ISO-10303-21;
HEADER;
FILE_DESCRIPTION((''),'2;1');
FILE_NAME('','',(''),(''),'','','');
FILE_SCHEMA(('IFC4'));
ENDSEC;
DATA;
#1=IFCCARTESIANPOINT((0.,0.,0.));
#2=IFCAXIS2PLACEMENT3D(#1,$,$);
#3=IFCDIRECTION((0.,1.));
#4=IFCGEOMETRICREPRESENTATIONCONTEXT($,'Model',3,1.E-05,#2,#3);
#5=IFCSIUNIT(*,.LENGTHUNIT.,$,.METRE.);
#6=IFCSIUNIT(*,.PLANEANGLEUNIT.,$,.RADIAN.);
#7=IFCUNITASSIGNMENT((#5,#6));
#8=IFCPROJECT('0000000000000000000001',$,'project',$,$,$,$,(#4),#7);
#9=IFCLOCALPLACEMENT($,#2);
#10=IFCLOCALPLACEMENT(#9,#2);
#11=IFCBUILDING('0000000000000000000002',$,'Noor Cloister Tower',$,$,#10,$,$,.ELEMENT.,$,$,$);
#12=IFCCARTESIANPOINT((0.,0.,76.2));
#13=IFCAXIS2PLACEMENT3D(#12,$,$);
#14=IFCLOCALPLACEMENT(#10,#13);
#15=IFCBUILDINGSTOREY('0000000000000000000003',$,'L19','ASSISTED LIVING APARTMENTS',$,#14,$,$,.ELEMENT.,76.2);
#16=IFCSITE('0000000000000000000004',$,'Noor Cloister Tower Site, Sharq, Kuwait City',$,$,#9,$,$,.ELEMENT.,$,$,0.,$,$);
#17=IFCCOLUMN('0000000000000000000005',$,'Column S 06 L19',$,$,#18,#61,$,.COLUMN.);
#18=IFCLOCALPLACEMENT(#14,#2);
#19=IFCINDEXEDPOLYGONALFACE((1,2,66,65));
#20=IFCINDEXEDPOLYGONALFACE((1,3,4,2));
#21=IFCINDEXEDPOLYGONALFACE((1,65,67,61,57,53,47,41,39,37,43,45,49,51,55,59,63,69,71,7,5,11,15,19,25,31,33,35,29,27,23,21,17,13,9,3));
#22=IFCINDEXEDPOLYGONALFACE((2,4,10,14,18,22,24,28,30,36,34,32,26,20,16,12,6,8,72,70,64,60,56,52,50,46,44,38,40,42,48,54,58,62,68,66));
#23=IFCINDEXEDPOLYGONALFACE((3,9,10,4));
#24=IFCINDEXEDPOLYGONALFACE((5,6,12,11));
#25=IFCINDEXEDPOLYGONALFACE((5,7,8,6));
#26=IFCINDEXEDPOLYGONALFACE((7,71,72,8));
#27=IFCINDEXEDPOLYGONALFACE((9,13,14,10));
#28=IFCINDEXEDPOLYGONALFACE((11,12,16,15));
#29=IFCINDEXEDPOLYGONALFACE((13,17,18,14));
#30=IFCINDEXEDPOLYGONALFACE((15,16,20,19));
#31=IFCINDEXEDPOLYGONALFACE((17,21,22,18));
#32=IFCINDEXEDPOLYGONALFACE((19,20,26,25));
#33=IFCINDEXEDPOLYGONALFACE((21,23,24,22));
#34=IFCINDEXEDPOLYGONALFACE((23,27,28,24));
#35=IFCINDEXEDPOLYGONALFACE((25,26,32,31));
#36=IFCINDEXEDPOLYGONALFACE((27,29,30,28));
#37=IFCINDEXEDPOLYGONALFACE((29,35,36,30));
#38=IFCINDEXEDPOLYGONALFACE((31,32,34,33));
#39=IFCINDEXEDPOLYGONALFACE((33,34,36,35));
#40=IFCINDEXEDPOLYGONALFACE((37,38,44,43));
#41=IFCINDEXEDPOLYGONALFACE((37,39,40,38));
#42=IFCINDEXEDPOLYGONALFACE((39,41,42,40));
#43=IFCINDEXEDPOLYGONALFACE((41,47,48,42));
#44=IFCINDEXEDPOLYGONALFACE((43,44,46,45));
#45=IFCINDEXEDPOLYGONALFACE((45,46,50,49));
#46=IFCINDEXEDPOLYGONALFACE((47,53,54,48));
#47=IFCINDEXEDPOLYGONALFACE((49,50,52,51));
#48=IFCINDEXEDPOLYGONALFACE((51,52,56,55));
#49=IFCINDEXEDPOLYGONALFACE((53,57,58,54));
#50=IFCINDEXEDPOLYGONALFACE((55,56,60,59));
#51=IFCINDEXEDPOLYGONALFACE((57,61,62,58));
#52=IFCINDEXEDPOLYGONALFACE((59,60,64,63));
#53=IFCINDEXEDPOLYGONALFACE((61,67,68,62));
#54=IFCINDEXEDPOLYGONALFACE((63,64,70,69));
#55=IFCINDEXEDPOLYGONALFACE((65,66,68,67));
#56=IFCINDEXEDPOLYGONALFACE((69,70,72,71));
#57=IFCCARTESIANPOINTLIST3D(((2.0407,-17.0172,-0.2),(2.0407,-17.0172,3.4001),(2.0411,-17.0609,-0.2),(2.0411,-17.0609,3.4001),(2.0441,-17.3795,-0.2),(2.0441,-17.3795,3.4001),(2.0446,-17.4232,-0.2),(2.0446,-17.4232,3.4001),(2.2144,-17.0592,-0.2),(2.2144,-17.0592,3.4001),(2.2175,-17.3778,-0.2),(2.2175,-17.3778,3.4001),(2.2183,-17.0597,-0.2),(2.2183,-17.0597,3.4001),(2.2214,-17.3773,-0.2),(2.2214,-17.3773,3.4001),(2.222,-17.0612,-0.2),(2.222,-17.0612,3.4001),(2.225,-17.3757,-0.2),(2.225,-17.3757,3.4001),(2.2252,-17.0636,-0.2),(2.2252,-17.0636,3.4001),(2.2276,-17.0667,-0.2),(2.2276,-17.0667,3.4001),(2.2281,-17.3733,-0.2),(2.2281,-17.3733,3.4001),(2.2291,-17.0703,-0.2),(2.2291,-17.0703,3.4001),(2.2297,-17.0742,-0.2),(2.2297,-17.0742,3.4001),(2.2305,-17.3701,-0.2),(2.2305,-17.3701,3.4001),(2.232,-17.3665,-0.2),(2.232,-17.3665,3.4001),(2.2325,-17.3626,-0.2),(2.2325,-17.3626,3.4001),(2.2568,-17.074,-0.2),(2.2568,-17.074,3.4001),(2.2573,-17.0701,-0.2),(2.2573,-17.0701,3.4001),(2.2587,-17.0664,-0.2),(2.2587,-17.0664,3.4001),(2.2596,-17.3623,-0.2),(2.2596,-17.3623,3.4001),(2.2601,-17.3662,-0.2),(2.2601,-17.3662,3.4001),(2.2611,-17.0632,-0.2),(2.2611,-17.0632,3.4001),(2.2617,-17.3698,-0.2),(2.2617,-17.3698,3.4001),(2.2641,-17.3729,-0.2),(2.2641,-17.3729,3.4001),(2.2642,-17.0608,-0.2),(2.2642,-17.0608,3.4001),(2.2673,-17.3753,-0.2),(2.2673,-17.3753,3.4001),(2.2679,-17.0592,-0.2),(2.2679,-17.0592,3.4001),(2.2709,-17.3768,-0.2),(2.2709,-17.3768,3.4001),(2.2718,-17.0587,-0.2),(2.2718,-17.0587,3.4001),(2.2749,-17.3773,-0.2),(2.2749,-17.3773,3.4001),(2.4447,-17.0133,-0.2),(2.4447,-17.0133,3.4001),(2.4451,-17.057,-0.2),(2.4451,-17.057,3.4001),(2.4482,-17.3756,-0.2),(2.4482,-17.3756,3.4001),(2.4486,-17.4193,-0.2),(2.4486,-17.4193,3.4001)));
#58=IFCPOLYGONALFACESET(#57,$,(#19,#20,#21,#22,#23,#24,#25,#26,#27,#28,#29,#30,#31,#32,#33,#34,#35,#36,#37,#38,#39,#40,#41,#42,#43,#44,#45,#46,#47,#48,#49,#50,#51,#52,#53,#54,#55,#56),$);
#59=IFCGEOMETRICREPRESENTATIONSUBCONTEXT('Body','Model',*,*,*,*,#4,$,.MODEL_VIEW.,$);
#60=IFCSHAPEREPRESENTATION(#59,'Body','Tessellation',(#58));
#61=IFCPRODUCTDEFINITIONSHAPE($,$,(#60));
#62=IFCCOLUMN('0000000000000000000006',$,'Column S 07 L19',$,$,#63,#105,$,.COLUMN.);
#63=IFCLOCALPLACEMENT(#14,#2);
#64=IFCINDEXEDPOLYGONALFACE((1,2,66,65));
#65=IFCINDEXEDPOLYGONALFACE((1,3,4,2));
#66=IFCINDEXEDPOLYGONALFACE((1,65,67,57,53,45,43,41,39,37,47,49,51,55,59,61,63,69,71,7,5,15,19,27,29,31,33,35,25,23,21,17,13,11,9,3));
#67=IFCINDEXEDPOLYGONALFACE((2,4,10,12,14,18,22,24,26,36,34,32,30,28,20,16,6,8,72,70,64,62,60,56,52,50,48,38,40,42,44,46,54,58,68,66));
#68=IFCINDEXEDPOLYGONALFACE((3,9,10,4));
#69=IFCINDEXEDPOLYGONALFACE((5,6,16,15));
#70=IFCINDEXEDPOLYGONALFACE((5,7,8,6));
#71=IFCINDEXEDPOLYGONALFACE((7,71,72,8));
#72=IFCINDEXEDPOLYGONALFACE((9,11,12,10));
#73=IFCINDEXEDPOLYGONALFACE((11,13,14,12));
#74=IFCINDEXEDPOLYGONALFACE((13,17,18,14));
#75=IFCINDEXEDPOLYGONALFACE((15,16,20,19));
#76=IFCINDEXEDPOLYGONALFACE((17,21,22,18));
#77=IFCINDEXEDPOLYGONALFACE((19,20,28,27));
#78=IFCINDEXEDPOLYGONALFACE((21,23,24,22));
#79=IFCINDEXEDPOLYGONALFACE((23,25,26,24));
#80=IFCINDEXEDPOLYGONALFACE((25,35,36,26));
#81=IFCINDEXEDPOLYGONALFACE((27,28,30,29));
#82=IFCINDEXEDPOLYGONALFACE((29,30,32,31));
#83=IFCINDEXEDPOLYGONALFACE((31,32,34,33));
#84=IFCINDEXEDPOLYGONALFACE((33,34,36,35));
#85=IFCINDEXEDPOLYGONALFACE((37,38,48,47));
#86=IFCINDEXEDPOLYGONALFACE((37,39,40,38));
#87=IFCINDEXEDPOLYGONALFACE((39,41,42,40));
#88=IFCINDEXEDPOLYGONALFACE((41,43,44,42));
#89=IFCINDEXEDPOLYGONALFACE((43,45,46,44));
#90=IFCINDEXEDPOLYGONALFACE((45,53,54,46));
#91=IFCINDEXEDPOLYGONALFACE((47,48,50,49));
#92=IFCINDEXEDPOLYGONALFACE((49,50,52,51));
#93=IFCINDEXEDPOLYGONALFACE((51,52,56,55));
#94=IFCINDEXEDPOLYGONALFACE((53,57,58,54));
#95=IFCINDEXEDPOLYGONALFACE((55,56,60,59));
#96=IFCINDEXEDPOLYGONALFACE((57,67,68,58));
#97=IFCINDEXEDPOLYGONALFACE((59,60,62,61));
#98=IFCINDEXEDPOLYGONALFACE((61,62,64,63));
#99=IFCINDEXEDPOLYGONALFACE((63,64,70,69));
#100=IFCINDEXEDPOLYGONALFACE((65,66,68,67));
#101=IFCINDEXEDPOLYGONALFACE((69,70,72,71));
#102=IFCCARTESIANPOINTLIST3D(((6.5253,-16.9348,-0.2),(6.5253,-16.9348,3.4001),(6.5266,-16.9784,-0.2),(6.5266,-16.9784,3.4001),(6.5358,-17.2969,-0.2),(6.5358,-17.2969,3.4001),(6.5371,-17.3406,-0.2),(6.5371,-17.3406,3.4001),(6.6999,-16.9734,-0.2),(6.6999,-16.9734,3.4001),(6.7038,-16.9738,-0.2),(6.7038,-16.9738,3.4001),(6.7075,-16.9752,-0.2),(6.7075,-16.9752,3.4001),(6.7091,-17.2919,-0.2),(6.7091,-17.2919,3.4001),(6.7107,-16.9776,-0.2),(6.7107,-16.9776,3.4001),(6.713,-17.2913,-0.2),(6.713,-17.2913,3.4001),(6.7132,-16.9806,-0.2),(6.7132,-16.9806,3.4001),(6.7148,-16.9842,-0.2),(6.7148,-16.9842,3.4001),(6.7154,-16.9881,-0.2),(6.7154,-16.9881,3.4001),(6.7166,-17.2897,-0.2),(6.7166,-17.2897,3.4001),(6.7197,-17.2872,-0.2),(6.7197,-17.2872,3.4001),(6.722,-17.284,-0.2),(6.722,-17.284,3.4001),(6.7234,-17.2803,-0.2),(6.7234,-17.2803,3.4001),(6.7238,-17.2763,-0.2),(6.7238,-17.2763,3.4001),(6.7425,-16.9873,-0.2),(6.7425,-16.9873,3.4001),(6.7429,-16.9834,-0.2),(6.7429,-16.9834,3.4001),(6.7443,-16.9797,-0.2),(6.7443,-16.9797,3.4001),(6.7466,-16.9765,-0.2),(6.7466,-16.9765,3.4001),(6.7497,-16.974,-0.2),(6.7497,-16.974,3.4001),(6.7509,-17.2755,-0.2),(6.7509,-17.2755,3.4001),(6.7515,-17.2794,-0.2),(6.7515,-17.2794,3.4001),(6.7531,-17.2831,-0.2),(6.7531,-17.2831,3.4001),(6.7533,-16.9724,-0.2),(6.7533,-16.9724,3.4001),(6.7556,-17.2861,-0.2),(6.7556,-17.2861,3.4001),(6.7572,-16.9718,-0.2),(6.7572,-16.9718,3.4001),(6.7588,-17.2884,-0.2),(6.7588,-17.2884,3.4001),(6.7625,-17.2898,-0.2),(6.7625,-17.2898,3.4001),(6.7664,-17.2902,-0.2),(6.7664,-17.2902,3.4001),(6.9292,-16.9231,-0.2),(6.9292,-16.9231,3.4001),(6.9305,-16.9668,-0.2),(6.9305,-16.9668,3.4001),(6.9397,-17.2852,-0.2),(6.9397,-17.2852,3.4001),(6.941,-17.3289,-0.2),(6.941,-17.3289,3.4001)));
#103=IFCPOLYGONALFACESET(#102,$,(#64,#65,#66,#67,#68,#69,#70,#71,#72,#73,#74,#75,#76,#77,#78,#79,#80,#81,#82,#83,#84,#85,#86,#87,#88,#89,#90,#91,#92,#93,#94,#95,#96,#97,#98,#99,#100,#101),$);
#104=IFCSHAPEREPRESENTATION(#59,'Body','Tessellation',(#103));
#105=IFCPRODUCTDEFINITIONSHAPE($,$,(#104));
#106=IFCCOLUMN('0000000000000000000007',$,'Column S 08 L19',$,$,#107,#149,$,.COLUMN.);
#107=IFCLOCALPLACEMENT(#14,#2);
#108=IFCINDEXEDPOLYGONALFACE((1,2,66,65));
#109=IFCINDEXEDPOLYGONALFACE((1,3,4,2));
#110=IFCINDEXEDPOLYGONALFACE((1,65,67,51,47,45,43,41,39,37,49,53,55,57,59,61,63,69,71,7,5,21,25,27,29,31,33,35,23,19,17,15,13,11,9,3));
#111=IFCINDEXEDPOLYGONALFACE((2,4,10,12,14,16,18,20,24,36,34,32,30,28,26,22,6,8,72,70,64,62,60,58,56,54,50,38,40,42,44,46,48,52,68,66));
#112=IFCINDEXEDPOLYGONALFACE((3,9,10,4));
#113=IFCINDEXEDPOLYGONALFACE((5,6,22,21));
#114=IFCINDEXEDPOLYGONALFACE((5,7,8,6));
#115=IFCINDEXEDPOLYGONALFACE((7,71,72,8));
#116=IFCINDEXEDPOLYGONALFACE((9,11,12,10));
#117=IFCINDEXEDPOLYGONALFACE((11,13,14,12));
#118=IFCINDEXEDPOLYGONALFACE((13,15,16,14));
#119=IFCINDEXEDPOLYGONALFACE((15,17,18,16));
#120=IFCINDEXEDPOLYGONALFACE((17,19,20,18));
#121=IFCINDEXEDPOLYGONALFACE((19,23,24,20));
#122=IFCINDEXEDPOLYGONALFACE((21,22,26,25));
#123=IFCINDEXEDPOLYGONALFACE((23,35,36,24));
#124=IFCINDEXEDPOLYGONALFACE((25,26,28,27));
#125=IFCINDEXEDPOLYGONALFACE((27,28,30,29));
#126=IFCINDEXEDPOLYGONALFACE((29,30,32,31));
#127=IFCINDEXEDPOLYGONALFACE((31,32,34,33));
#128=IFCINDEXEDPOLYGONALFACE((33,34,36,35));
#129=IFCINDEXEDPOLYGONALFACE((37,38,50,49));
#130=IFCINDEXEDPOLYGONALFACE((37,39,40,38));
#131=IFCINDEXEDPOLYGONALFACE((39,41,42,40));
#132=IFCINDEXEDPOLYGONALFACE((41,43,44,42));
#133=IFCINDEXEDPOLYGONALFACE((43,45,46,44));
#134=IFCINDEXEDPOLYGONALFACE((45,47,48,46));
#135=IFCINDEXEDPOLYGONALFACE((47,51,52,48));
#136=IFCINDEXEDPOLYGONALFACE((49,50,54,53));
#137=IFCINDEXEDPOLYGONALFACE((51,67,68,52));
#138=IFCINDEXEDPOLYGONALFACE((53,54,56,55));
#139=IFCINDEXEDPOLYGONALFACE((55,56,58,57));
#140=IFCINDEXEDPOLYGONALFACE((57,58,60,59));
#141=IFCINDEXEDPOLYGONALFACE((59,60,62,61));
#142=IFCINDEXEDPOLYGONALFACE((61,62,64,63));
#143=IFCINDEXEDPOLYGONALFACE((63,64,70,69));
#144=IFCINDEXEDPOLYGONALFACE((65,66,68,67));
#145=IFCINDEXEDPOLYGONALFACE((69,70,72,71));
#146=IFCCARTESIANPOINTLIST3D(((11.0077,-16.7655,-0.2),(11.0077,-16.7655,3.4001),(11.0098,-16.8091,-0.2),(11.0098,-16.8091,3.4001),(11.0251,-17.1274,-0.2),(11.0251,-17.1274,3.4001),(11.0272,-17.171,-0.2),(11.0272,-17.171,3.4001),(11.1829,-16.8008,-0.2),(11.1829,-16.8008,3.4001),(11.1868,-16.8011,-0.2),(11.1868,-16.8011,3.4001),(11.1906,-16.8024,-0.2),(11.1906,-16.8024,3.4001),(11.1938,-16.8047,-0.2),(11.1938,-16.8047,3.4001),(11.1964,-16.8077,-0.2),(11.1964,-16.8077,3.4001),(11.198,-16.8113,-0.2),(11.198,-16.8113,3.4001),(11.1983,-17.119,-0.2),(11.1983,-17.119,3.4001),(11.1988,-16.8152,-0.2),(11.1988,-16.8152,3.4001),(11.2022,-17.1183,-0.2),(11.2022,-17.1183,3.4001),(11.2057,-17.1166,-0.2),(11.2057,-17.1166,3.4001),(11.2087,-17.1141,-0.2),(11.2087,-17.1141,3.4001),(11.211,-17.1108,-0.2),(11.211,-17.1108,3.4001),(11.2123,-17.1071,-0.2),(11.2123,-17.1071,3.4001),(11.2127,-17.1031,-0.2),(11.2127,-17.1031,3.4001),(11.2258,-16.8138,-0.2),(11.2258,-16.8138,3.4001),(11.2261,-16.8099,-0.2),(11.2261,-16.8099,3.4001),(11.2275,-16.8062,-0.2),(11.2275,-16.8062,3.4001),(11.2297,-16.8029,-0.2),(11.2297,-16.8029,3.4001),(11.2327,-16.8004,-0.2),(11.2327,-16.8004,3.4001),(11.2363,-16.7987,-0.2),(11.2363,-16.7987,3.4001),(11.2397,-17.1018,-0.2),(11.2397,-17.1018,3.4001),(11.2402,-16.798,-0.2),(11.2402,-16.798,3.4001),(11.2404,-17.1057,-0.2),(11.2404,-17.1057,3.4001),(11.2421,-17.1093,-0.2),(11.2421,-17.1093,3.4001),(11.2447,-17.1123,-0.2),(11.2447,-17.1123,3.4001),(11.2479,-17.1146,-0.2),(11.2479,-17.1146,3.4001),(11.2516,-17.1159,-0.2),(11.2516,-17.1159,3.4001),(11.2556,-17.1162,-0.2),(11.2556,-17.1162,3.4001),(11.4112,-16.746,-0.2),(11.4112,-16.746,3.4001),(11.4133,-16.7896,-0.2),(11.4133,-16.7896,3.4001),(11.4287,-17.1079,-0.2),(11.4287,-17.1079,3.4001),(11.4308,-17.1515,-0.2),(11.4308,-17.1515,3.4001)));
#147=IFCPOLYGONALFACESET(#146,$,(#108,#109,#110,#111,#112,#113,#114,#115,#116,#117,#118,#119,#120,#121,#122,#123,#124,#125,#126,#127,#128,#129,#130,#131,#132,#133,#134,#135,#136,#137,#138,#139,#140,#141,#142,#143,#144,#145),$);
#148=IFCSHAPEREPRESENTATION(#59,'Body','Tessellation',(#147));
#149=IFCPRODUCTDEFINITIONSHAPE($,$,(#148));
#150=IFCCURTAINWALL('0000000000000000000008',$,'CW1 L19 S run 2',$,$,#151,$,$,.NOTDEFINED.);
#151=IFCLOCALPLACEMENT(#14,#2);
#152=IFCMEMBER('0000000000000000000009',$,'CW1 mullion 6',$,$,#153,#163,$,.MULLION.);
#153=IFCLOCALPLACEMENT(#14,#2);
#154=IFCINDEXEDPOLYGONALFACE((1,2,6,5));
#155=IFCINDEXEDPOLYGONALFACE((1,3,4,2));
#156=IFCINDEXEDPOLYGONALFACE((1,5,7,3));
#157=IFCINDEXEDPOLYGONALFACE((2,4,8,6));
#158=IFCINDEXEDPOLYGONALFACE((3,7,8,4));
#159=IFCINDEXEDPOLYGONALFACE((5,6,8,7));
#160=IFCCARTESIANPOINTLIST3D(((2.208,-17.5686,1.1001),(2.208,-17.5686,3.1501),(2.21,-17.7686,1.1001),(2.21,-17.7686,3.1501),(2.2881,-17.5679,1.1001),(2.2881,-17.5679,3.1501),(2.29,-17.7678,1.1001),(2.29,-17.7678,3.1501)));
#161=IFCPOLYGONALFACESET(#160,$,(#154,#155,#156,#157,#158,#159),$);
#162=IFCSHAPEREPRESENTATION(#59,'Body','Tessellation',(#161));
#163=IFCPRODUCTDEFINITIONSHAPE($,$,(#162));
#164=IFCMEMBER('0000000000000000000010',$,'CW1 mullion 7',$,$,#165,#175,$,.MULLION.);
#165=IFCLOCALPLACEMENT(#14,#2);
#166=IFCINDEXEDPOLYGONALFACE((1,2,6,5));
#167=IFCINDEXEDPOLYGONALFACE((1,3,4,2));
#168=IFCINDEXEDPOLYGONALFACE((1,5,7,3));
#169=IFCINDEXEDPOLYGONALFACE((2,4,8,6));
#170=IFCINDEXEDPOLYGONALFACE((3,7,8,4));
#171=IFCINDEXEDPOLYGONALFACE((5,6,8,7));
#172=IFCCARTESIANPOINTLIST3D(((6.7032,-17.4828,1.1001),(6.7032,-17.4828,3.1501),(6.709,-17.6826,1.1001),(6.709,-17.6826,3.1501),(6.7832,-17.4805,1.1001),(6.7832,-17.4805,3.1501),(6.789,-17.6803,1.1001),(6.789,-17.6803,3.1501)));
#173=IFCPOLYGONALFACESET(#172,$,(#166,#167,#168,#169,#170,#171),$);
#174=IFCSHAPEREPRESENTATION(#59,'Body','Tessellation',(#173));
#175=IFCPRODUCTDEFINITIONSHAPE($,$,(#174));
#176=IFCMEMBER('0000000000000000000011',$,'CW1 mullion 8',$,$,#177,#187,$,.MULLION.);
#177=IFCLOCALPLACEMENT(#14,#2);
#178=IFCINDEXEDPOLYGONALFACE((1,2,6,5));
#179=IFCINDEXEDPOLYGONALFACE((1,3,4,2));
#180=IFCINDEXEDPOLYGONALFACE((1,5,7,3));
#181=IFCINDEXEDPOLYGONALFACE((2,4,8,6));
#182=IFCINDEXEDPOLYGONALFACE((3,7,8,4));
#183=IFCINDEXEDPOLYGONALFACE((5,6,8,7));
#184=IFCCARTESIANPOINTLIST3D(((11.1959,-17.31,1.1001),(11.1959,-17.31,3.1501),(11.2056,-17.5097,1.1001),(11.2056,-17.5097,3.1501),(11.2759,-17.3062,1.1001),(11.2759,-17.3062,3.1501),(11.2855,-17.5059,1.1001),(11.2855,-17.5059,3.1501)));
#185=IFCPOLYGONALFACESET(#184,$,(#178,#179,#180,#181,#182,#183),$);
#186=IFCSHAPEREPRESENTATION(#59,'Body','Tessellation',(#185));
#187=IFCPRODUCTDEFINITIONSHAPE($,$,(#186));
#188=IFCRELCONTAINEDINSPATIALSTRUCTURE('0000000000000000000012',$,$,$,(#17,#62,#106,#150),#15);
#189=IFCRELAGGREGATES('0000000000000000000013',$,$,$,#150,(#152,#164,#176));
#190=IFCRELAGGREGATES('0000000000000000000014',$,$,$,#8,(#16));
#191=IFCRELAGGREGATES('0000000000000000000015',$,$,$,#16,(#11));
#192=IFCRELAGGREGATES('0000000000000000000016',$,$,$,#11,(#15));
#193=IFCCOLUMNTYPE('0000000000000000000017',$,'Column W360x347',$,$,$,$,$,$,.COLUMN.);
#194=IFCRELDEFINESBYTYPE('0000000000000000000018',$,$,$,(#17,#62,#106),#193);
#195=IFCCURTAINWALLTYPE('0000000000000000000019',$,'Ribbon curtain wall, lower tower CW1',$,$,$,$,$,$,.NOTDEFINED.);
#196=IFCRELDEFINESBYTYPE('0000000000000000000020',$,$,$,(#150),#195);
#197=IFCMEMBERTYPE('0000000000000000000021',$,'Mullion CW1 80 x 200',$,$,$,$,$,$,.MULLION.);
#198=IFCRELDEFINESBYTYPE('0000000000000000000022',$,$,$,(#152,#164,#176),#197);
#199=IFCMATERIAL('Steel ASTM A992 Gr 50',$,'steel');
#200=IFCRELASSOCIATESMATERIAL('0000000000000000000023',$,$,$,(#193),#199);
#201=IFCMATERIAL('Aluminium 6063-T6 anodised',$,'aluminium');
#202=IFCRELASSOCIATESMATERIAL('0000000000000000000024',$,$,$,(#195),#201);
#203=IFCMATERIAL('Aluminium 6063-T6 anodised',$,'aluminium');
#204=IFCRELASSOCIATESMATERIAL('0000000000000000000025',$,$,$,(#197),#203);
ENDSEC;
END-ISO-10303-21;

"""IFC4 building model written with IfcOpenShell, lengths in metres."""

from ifc_helpers import new_model, si_unit, direction, frame, origin, origin_2d, place, context, subcontext, project, spatial, rectangle, i_section, extrude, material, material_profile, profile_set, type_object, element, aggregate, save


model = new_model("IFC4")

# Units and contexts
model_context = context("Model", 3, precision=1e-05, world=origin(), true_north=direction((0.0, 1.0)))
body_context = subcontext(model_context, "Body", "Model", "MODEL_VIEW")
ifc_project = project(units=[si_unit("LENGTHUNIT", "METRE"), si_unit("PLANEANGLEUNIT", "RADIAN")], contexts=[model_context])

# Site, building, storey
site_placement = place(None, origin())
site = spatial("IfcSite", under=ifc_project, at=site_placement, Name="Noor Cloister Tower Site, Sharq, Kuwait City", CompositionType="ELEMENT", RefElevation=0.0)
building_placement = place(site_placement, origin())
building = spatial("IfcBuilding", under=site, at=building_placement, Name="Noor Cloister Tower", CompositionType="ELEMENT")
storey_placement = place(building_placement, frame((0.0, 0.0, 76.2)))
storey = spatial("IfcBuildingStorey", under=building, at=storey_placement, Name="L19", Description="ASSISTED LIVING APARTMENTS", CompositionType="ELEMENT", Elevation=76.2)

# Columns
ifc_material_1 = material(Name="Steel ASTM A992 Gr 50", Category="steel")
ifc_material_profile_1 = material_profile(ifc_material_1, i_section(OverallWidth=0.4041, OverallDepth=0.406, WebThickness=0.0271, FlangeThickness=0.0437, FilletRadius=0.0151, at=origin_2d()), Name="W360x347")
ifc_profile_set_1 = profile_set([ifc_material_profile_1], Name="Steel ASTM A992 Gr 50")
column_type = type_object("IfcColumnType", Name="Column W360x347", PredefinedType="COLUMN", material=ifc_profile_set_1)
for number, where, z_axis, x_axis, name in (
    (1, (2.2446, -17.2183, -0.2), (0.0, 0.0, 1.0), (0.999953, 0.009646, 0.0), "Column S 06 L19"),
    (2, (6.7332, -17.1318, -0.2), (0.0, 0.0, 1.0), (0.999581, 0.028934, 0.0), "Column S 07 L19"),
    (3, (11.2192, -16.9585, -0.2), (0.0, 0.0, 1.0), (0.998837, 0.048212, 0.0), "Column S 08 L19"),
):
    element("IfcColumn", number, at=place(storey_placement, frame(where, z_axis=z_axis, x_axis=x_axis)), inside=storey, type_object=column_type, Name=name, PredefinedType="COLUMN", context=body_context, shape_type="SweptSolid", body=[
        extrude(i_section(OverallWidth=0.4041, OverallDepth=0.406, WebThickness=0.0271, FlangeThickness=0.0437, FilletRadius=0.0151, at=origin_2d()), origin(), (0.0, 0.0, 1.0), 3.6001),
    ])

# Curtain wall, members
ifc_material_2 = material(Name="Aluminium 6063-T6 anodised", Category="aluminium")
curtain_wall_type = type_object("IfcCurtainWallType", Name="Ribbon curtain wall, lower tower CW1", PredefinedType="NOTDEFINED", material=ifc_material_2)
curtain_wall_placement = place(storey_placement, origin())
curtain_wall = element("IfcCurtainWall", 4, at=curtain_wall_placement, inside=storey, type_object=curtain_wall_type, Name="CW1 L19 S run 2", PredefinedType="NOTDEFINED")
ifc_material_3 = material(Name="Aluminium 6063-T6 anodised", Category="aluminium")
ifc_material_profile_2 = material_profile(ifc_material_3, rectangle(XDim=0.2, YDim=0.0801, at=origin_2d()), Name="200 x 80 mullion")
ifc_profile_set_2 = profile_set([ifc_material_profile_2], Name="Aluminium 6063-T6 anodised")
member_type = type_object("IfcMemberType", Name="Mullion CW1 80 x 200", PredefinedType="MULLION", material=ifc_profile_set_2)
member_1_placement = place(storey_placement, frame((2.249, -17.6682, 1.1001), z_axis=(0.0, 0.0, 1.0), x_axis=(-0.009646, 0.999953, 0.0)))
member_1 = element("IfcMember", 5, at=member_1_placement, type_object=member_type, Name="CW1 mullion 6", PredefinedType="MULLION", context=body_context, shape_type="SweptSolid", body=[
    extrude(rectangle(XDim=0.2, YDim=0.0801, at=origin_2d()), origin(), (0.0, 0.0, 1.0), 2.05),
])
member_2_placement = place(storey_placement, frame((6.7461, -17.5815, 1.1001), z_axis=(0.0, 0.0, 1.0), x_axis=(-0.028934, 0.999581, 0.0)))
member_2 = element("IfcMember", 6, at=member_2_placement, type_object=member_type, Name="CW1 mullion 7", PredefinedType="MULLION", context=body_context, shape_type="SweptSolid", body=[
    extrude(rectangle(XDim=0.2, YDim=0.0801, at=origin_2d()), origin(), (0.0, 0.0, 1.0), 2.05),
])
member_3_placement = place(storey_placement, frame((11.2407, -17.408, 1.1001), z_axis=(0.0, 0.0, 1.0), x_axis=(-0.048212, 0.998837, 0.0)))
member_3 = element("IfcMember", 7, at=member_3_placement, type_object=member_type, Name="CW1 mullion 8", PredefinedType="MULLION", context=body_context, shape_type="SweptSolid", body=[
    extrude(rectangle(XDim=0.2, YDim=0.0801, at=origin_2d()), origin(), (0.0, 0.0, 1.0), 2.05),
])

aggregate(curtain_wall, [member_1, member_2, member_3])

save(model, "model.ifc")
